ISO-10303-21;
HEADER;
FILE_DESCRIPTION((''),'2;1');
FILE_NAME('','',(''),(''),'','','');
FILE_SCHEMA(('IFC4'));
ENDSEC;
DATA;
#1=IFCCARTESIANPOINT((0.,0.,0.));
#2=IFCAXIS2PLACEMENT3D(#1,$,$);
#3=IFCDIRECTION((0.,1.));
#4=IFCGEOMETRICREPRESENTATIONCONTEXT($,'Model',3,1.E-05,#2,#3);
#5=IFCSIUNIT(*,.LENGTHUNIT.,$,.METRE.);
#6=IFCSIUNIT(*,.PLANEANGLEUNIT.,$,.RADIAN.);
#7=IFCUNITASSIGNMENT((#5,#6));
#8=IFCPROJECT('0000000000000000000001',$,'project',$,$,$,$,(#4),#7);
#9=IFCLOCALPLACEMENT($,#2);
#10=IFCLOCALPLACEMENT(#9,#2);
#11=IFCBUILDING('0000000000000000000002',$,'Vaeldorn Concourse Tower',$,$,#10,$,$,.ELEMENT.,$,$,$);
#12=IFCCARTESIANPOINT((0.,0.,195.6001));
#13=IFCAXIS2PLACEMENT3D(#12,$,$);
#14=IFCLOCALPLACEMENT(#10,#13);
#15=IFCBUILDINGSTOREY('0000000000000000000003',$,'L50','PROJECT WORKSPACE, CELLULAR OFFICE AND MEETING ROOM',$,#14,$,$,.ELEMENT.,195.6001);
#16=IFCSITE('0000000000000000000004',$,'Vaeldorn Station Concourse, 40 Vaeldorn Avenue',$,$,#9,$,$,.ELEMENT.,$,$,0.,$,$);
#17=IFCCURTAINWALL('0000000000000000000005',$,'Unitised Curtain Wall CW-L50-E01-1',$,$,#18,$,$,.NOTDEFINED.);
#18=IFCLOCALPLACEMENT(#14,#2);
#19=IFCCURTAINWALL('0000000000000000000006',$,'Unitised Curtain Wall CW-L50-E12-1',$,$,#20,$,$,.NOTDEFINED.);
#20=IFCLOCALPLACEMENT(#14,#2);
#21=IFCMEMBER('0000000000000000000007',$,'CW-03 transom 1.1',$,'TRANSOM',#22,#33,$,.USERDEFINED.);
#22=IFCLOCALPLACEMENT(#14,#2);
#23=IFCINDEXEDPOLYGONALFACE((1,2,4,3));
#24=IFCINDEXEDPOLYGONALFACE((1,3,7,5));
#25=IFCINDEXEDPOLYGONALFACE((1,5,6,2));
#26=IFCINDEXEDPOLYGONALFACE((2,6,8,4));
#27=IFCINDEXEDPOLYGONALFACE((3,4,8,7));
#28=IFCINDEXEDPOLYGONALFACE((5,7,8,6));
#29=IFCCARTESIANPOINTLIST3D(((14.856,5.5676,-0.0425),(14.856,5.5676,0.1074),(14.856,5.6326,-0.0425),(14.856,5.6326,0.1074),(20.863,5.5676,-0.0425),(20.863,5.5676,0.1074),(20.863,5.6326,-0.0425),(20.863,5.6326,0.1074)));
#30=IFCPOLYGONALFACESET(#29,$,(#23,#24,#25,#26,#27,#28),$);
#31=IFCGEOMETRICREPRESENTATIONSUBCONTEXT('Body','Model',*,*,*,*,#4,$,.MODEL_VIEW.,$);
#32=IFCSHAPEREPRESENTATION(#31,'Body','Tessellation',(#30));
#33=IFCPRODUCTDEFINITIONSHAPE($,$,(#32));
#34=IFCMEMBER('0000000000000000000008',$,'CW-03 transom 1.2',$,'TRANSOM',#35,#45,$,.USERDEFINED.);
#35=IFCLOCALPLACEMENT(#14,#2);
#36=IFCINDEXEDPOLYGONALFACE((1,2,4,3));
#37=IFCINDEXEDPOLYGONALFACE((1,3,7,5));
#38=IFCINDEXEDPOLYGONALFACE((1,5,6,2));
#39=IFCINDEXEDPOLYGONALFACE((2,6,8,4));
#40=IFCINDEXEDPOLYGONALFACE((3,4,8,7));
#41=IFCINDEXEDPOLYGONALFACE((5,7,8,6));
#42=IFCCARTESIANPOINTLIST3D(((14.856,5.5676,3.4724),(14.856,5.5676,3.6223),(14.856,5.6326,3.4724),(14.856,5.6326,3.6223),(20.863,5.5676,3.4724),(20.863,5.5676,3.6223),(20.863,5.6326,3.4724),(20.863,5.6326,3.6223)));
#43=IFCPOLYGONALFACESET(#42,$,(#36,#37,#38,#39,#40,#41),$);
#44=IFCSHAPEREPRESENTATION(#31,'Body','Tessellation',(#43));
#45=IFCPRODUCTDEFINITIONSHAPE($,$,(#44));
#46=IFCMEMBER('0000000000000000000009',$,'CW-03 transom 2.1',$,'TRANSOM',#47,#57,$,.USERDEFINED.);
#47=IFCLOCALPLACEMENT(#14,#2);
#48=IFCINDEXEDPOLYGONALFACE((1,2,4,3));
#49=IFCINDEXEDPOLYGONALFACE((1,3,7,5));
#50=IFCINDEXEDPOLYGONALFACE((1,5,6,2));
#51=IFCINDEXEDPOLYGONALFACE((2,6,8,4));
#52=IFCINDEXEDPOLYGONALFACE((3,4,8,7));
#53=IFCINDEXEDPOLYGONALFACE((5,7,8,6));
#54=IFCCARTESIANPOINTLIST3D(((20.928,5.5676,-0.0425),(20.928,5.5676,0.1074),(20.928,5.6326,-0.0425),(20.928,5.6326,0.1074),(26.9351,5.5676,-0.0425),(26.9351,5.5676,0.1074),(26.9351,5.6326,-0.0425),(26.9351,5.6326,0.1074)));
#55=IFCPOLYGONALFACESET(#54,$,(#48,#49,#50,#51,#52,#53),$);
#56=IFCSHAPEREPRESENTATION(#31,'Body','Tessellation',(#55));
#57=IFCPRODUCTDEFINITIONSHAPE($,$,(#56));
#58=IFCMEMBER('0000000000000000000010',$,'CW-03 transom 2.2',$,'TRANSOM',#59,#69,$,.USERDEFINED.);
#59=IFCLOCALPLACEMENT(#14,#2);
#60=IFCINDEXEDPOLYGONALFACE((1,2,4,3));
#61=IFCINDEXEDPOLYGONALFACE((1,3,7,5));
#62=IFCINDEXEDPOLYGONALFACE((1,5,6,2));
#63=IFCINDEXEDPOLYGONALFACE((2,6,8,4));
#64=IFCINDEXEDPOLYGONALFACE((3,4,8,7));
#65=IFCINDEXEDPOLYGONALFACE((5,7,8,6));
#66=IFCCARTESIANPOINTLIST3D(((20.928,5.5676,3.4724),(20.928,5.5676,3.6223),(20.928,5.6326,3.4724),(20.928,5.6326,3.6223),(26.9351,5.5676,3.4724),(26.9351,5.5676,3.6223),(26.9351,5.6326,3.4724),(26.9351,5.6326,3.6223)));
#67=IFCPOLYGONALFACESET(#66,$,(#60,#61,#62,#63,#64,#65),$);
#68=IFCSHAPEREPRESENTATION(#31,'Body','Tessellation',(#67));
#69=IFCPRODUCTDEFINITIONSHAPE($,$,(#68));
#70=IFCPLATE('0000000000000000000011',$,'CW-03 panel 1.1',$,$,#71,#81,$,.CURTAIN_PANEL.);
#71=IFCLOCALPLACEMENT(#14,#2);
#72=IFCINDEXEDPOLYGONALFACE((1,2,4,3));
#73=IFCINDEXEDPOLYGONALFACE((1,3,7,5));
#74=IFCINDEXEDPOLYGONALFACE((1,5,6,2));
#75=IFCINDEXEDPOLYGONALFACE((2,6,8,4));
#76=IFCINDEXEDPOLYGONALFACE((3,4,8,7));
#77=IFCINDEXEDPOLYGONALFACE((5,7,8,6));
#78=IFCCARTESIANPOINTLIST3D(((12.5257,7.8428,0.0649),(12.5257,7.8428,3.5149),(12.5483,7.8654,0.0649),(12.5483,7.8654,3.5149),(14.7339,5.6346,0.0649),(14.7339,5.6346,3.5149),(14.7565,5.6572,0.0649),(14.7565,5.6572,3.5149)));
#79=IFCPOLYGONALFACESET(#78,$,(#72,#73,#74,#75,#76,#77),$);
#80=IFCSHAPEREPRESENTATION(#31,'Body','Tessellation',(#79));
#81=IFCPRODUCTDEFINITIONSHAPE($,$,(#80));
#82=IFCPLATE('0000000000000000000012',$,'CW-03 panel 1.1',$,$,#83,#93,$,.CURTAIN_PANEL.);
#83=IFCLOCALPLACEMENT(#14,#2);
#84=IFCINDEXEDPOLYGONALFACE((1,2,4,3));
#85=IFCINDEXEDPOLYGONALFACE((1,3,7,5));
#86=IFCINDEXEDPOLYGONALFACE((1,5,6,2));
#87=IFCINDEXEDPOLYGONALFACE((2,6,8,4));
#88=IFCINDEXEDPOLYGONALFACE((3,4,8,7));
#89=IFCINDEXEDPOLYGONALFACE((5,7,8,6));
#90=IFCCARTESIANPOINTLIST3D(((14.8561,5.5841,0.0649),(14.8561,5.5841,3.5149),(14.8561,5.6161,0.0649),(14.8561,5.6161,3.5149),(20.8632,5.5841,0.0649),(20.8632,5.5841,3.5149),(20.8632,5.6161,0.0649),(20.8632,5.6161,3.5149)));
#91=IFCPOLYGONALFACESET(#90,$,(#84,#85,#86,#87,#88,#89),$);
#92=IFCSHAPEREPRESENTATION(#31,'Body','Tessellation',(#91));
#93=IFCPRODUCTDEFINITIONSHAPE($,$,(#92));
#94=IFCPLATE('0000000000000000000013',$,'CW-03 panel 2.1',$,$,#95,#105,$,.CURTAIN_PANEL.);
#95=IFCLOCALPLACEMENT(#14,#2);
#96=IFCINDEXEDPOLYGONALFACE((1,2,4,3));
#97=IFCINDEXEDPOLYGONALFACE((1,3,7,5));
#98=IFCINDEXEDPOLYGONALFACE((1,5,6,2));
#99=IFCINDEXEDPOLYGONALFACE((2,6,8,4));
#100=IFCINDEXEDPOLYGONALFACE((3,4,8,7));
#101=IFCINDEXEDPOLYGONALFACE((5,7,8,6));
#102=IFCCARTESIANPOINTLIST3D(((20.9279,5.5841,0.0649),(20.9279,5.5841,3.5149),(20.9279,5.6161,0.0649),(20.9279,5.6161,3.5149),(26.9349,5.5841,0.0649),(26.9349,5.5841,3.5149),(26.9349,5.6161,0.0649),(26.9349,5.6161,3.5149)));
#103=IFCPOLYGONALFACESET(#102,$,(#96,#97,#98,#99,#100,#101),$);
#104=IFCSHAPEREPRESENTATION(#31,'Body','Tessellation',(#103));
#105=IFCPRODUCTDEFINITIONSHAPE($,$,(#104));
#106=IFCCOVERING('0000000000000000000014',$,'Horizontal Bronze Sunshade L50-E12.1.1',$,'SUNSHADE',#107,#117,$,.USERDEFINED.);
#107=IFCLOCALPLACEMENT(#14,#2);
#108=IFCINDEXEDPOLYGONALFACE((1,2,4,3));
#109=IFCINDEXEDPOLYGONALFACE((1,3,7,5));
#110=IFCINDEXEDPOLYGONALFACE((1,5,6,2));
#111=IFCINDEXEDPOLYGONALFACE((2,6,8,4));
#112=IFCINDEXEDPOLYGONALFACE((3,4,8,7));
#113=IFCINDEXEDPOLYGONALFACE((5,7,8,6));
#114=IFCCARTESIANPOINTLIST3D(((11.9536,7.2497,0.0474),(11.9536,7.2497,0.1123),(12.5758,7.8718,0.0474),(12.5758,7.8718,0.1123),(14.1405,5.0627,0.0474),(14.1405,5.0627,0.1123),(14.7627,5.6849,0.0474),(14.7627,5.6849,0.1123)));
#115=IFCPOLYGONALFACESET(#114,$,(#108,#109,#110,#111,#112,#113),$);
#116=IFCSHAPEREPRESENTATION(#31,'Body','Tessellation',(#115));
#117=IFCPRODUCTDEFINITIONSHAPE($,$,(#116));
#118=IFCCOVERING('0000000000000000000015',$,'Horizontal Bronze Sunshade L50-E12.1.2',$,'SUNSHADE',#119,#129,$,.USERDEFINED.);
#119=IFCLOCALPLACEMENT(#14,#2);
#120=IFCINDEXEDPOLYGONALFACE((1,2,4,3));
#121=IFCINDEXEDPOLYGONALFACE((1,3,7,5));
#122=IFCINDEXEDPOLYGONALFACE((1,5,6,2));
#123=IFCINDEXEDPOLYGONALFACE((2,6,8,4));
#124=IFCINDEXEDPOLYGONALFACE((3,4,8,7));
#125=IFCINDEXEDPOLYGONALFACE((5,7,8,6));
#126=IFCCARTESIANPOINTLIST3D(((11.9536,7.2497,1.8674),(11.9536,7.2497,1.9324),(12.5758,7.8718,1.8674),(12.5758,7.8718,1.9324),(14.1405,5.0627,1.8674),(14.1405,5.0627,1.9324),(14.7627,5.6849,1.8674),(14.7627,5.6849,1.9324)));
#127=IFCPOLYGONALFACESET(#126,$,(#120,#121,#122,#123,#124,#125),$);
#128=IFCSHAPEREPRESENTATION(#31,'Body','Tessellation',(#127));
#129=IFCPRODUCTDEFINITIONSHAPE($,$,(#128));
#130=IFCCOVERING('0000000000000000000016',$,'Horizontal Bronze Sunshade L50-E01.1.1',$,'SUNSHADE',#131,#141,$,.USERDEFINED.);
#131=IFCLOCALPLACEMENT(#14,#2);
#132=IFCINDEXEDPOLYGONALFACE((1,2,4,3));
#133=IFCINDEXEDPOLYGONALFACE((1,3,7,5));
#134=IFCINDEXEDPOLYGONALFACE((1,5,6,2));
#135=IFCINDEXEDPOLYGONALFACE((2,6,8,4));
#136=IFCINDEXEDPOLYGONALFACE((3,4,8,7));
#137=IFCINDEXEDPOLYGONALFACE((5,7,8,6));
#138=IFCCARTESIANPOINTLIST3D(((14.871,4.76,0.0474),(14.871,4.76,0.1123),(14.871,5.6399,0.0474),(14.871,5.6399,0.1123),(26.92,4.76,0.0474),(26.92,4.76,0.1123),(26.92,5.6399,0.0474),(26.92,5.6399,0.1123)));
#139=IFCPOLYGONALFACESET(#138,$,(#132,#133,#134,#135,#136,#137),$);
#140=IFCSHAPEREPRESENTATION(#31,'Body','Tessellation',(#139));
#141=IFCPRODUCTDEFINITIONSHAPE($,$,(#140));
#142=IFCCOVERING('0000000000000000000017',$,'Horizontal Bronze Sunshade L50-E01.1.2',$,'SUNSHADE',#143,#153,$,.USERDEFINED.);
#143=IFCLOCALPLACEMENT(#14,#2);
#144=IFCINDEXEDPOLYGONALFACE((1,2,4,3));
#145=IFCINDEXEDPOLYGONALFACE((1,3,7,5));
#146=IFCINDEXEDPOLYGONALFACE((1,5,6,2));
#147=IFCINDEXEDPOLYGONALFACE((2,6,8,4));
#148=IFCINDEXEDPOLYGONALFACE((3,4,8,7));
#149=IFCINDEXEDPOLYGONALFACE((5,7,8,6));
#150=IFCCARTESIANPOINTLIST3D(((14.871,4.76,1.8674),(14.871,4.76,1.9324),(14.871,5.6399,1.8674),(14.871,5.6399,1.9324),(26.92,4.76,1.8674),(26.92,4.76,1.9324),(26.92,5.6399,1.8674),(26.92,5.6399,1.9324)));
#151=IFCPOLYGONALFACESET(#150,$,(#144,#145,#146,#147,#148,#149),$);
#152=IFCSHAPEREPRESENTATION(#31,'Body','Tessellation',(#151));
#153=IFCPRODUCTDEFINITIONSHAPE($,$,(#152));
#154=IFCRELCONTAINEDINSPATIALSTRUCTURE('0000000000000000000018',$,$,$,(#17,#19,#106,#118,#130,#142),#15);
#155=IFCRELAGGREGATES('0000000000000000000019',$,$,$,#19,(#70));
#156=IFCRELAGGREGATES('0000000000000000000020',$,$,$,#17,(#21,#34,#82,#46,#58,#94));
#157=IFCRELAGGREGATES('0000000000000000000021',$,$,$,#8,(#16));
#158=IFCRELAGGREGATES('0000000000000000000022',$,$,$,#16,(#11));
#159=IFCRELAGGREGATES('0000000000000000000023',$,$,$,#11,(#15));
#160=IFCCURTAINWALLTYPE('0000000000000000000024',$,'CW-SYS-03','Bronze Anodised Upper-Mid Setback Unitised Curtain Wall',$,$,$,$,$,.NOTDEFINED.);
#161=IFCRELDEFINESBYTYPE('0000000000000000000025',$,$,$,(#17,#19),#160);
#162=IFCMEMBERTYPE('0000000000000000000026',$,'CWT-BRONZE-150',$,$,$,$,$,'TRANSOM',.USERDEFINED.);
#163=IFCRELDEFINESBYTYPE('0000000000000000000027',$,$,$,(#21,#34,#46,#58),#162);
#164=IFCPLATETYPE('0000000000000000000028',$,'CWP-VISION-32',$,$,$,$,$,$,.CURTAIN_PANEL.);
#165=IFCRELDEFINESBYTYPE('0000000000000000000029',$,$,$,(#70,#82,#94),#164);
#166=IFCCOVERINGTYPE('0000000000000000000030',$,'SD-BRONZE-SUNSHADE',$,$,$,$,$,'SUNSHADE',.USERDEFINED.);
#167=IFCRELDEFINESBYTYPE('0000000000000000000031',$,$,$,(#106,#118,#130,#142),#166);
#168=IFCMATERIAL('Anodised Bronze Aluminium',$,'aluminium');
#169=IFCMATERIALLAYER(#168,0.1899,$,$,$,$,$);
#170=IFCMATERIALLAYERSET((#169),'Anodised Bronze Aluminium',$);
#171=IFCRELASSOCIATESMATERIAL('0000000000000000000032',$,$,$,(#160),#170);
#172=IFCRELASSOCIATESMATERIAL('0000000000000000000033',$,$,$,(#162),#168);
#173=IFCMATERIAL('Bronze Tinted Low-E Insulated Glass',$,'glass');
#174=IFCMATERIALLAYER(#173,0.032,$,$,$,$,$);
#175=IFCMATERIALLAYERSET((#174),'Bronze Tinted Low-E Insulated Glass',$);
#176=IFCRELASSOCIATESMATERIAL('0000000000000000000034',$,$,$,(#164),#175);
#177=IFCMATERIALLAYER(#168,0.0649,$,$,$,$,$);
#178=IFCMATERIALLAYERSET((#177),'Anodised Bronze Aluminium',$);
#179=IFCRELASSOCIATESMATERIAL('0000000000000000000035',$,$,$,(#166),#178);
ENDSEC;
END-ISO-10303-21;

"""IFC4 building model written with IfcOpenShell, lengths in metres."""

from ifc_helpers import new_model, si_unit, direction, frame, origin, origin_2d, place, context, subcontext, project, spatial, rectangle, extrude, source, transform, mapped, material, layer, layer_set, material_profile, profile_set, type_object, element, aggregate, save


model = new_model("IFC4")

# Units and contexts
model_context = context("Model", 3, precision=1e-05, world=origin(), true_north=direction((0.0, 1.0)))
body_context = subcontext(model_context, "Body", "Model", "MODEL_VIEW")
ifc_project = project(units=[si_unit("LENGTHUNIT", "METRE"), si_unit("PLANEANGLEUNIT", "RADIAN")], contexts=[model_context])

# Site, building, storey
site_placement = place(None, origin())
site = spatial("IfcSite", under=ifc_project, at=site_placement, Name="Vaeldorn Station Concourse, 40 Vaeldorn Avenue", CompositionType="ELEMENT", RefElevation=0.0)
building_placement = place(site_placement, origin())
building = spatial("IfcBuilding", under=site, at=building_placement, Name="Vaeldorn Concourse Tower", CompositionType="ELEMENT")
storey_placement = place(building_placement, frame((0.0, 0.0, 195.6001)))
storey = spatial("IfcBuildingStorey", under=building, at=storey_placement, Name="L50", Description="PROJECT WORKSPACE, CELLULAR OFFICE AND MEETING ROOM", CompositionType="ELEMENT", Elevation=195.6001)

# Curtain wall
ifc_material_1 = material(Name="Anodised Bronze Aluminium", Category="aluminium")
ifc_layer_1 = layer(ifc_material_1, 0.1899)
ifc_layer_set_1 = layer_set([ifc_layer_1], Name="Anodised Bronze Aluminium")
curtain_wall_type = type_object("IfcCurtainWallType", Name="CW-SYS-03", Description="Bronze Anodised Upper-Mid Setback Unitised Curtain Wall", PredefinedType="NOTDEFINED", material=ifc_layer_set_1)
curtain_wall_1_placement = place(storey_placement, origin())
curtain_wall_1 = element("IfcCurtainWall", 1, at=curtain_wall_1_placement, inside=storey, type_object=curtain_wall_type, Name="Unitised Curtain Wall CW-L50-E01-1", PredefinedType="NOTDEFINED")

# Curtain wall
curtain_wall_2_placement = place(storey_placement, origin())
curtain_wall_2 = element("IfcCurtainWall", 2, at=curtain_wall_2_placement, inside=storey, type_object=curtain_wall_type, Name="Unitised Curtain Wall CW-L50-E12-1", PredefinedType="NOTDEFINED")

# Members
ifc_material_profile_1 = material_profile(ifc_material_1, rectangle(XDim=0.0649, YDim=0.1499, at=origin_2d()), Name="CWT 65x150")
ifc_profile_set_1 = profile_set([ifc_material_profile_1], Name="Anodised Bronze Aluminium")
member_type_1 = type_object("IfcMemberType", Name="CWT-BRONZE-150", ElementType="TRANSOM", PredefinedType="USERDEFINED", material=ifc_profile_set_1)
shared_shape_1 = source(origin(), body_context, "Body", "SweptSolid", [
    extrude(rectangle(XDim=0.0649, YDim=0.1499, at=origin_2d()), origin(), (0.0, 0.0, 1.0), 6.0071),
])
member_1_placement = place(storey_placement, frame((14.856, 5.6001, 0.0325), z_axis=(1.0, 0.0, 0.0), x_axis=(0.0, 1.0, 0.0)))
member_1 = element("IfcMember", 3, at=member_1_placement, type_object=member_type_1, Name="CW-03 transom 1.1", ObjectType="TRANSOM", PredefinedType="USERDEFINED", context=body_context, shape_type="MappedRepresentation", body=[
    mapped(shared_shape_1, transform((0.0, 0.0, 0.0), scale=1.0)),
])
member_2_placement = place(storey_placement, frame((14.856, 5.6001, 3.5474), z_axis=(1.0, 0.0, 0.0), x_axis=(0.0, 1.0, 0.0)))
member_2 = element("IfcMember", 4, at=member_2_placement, type_object=member_type_1, Name="CW-03 transom 1.2", ObjectType="TRANSOM", PredefinedType="USERDEFINED", context=body_context, shape_type="MappedRepresentation", body=[
    mapped(shared_shape_1, transform((0.0, 0.0, 0.0), scale=1.0)),
])
member_3_placement = place(storey_placement, frame((20.928, 5.6001, 0.0325), z_axis=(1.0, 0.0, 0.0), x_axis=(0.0, 1.0, 0.0)))
member_3 = element("IfcMember", 5, at=member_3_placement, type_object=member_type_1, Name="CW-03 transom 2.1", ObjectType="TRANSOM", PredefinedType="USERDEFINED", context=body_context, shape_type="MappedRepresentation", body=[
    mapped(shared_shape_1, transform((0.0, 0.0, 0.0), scale=1.0)),
])
member_4_placement = place(storey_placement, frame((20.928, 5.6001, 3.5474), z_axis=(1.0, 0.0, 0.0), x_axis=(0.0, 1.0, 0.0)))
member_4 = element("IfcMember", 6, at=member_4_placement, type_object=member_type_1, Name="CW-03 transom 2.2", ObjectType="TRANSOM", PredefinedType="USERDEFINED", context=body_context, shape_type="MappedRepresentation", body=[
    mapped(shared_shape_1, transform((0.0, 0.0, 0.0), scale=1.0)),
])

# Plates
ifc_material_2 = material(Name="Bronze Tinted Low-E Insulated Glass", Category="glass")
ifc_layer_2 = layer(ifc_material_2, 0.032)
ifc_layer_set_2 = layer_set([ifc_layer_2], Name="Bronze Tinted Low-E Insulated Glass")
plate_type = type_object("IfcPlateType", Name="CWP-VISION-32", PredefinedType="CURTAIN_PANEL", material=ifc_layer_set_2)
shared_shape_2 = source(origin(), body_context, "Body", "SweptSolid", [
    extrude(rectangle(XDim=3.1228, YDim=0.032, at=origin_2d()), origin(), (0.0, 0.0, 1.0), 3.45),
])
plate_1_placement = place(storey_placement, frame((13.6411, 6.75, 0.0649), z_axis=(0.0, 0.0, 1.0), x_axis=(0.707107, -0.707107, 0.0)))
plate_1 = element("IfcPlate", 7, at=plate_1_placement, type_object=plate_type, Name="CW-03 panel 1.1", PredefinedType="CURTAIN_PANEL", context=body_context, shape_type="MappedRepresentation", body=[
    mapped(shared_shape_2, transform((0.0, 0.0, 0.0), scale=1.0)),
])
aggregate(curtain_wall_2, [plate_1])
shared_shape_3 = source(origin(), body_context, "Body", "SweptSolid", [
    extrude(rectangle(XDim=6.0071, YDim=0.032, at=origin_2d()), origin(), (0.0, 0.0, 1.0), 3.45),
])
plate_2_placement = place(storey_placement, frame((17.8596, 5.6001, 0.0649), z_axis=(0.0, 0.0, 1.0), x_axis=(1.0, 0.0, 0.0)))
plate_2 = element("IfcPlate", 8, at=plate_2_placement, type_object=plate_type, Name="CW-03 panel 1.1", PredefinedType="CURTAIN_PANEL", context=body_context, shape_type="MappedRepresentation", body=[
    mapped(shared_shape_3, transform((0.0, 0.0, 0.0), scale=1.0)),
])
plate_3_placement = place(storey_placement, frame((23.9314, 5.6001, 0.0649), z_axis=(0.0, 0.0, 1.0), x_axis=(1.0, 0.0, 0.0)))
plate_3 = element("IfcPlate", 9, at=plate_3_placement, type_object=plate_type, Name="CW-03 panel 2.1", PredefinedType="CURTAIN_PANEL", context=body_context, shape_type="MappedRepresentation", body=[
    mapped(shared_shape_3, transform((0.0, 0.0, 0.0), scale=1.0)),
])
aggregate(curtain_wall_1, [member_1, member_2, plate_2, member_3, member_4, plate_3])

# Coverings
ifc_layer_3 = layer(ifc_material_1, 0.0649)
ifc_layer_set_3 = layer_set([ifc_layer_3], Name="Anodised Bronze Aluminium")
covering_type = type_object("IfcCoveringType", Name="SD-BRONZE-SUNSHADE", ElementType="SUNSHADE", PredefinedType="USERDEFINED", material=ifc_layer_set_3)
shared_shape_4 = source(origin(), body_context, "Body", "SweptSolid", [
    extrude(rectangle(XDim=3.0928, YDim=0.8799, at=origin_2d()), origin(), (0.0, 0.0, 1.0), 0.0649),
])
for number, where, z_axis, x_axis, name in (
    (10, (13.3582, 6.4673, 0.0474), (0.0, 0.0, 1.0), (0.707107, -0.707107, 0.0), "Horizontal Bronze Sunshade L50-E12.1.1"),
    (11, (13.3582, 6.4673, 1.8674), (0.0, 0.0, 1.0), (0.707107, -0.707107, 0.0), "Horizontal Bronze Sunshade L50-E12.1.2"),
):
    element("IfcCovering", number, at=place(storey_placement, frame(where, z_axis=z_axis, x_axis=x_axis)), inside=storey, type_object=covering_type, Name=name, ObjectType="SUNSHADE", PredefinedType="USERDEFINED", context=body_context, shape_type="MappedRepresentation", body=[
        mapped(shared_shape_4, transform((0.0, 0.0, 0.0), scale=1.0)),
    ])
shared_shape_5 = source(origin(), body_context, "Body", "SweptSolid", [
    extrude(rectangle(XDim=12.0491, YDim=0.8799, at=origin_2d()), origin(), (0.0, 0.0, 1.0), 0.0649),
])
for number, where, z_axis, x_axis, name in (
    (12, (20.8955, 5.2, 0.0474), (0.0, 0.0, 1.0), (1.0, 0.0, 0.0), "Horizontal Bronze Sunshade L50-E01.1.1"),
    (13, (20.8955, 5.2, 1.8674), (0.0, 0.0, 1.0), (1.0, 0.0, 0.0), "Horizontal Bronze Sunshade L50-E01.1.2"),
):
    element("IfcCovering", number, at=place(storey_placement, frame(where, z_axis=z_axis, x_axis=x_axis)), inside=storey, type_object=covering_type, Name=name, ObjectType="SUNSHADE", PredefinedType="USERDEFINED", context=body_context, shape_type="MappedRepresentation", body=[
        mapped(shared_shape_5, transform((0.0, 0.0, 0.0), scale=1.0)),
    ])

save(model, "model.ifc")
